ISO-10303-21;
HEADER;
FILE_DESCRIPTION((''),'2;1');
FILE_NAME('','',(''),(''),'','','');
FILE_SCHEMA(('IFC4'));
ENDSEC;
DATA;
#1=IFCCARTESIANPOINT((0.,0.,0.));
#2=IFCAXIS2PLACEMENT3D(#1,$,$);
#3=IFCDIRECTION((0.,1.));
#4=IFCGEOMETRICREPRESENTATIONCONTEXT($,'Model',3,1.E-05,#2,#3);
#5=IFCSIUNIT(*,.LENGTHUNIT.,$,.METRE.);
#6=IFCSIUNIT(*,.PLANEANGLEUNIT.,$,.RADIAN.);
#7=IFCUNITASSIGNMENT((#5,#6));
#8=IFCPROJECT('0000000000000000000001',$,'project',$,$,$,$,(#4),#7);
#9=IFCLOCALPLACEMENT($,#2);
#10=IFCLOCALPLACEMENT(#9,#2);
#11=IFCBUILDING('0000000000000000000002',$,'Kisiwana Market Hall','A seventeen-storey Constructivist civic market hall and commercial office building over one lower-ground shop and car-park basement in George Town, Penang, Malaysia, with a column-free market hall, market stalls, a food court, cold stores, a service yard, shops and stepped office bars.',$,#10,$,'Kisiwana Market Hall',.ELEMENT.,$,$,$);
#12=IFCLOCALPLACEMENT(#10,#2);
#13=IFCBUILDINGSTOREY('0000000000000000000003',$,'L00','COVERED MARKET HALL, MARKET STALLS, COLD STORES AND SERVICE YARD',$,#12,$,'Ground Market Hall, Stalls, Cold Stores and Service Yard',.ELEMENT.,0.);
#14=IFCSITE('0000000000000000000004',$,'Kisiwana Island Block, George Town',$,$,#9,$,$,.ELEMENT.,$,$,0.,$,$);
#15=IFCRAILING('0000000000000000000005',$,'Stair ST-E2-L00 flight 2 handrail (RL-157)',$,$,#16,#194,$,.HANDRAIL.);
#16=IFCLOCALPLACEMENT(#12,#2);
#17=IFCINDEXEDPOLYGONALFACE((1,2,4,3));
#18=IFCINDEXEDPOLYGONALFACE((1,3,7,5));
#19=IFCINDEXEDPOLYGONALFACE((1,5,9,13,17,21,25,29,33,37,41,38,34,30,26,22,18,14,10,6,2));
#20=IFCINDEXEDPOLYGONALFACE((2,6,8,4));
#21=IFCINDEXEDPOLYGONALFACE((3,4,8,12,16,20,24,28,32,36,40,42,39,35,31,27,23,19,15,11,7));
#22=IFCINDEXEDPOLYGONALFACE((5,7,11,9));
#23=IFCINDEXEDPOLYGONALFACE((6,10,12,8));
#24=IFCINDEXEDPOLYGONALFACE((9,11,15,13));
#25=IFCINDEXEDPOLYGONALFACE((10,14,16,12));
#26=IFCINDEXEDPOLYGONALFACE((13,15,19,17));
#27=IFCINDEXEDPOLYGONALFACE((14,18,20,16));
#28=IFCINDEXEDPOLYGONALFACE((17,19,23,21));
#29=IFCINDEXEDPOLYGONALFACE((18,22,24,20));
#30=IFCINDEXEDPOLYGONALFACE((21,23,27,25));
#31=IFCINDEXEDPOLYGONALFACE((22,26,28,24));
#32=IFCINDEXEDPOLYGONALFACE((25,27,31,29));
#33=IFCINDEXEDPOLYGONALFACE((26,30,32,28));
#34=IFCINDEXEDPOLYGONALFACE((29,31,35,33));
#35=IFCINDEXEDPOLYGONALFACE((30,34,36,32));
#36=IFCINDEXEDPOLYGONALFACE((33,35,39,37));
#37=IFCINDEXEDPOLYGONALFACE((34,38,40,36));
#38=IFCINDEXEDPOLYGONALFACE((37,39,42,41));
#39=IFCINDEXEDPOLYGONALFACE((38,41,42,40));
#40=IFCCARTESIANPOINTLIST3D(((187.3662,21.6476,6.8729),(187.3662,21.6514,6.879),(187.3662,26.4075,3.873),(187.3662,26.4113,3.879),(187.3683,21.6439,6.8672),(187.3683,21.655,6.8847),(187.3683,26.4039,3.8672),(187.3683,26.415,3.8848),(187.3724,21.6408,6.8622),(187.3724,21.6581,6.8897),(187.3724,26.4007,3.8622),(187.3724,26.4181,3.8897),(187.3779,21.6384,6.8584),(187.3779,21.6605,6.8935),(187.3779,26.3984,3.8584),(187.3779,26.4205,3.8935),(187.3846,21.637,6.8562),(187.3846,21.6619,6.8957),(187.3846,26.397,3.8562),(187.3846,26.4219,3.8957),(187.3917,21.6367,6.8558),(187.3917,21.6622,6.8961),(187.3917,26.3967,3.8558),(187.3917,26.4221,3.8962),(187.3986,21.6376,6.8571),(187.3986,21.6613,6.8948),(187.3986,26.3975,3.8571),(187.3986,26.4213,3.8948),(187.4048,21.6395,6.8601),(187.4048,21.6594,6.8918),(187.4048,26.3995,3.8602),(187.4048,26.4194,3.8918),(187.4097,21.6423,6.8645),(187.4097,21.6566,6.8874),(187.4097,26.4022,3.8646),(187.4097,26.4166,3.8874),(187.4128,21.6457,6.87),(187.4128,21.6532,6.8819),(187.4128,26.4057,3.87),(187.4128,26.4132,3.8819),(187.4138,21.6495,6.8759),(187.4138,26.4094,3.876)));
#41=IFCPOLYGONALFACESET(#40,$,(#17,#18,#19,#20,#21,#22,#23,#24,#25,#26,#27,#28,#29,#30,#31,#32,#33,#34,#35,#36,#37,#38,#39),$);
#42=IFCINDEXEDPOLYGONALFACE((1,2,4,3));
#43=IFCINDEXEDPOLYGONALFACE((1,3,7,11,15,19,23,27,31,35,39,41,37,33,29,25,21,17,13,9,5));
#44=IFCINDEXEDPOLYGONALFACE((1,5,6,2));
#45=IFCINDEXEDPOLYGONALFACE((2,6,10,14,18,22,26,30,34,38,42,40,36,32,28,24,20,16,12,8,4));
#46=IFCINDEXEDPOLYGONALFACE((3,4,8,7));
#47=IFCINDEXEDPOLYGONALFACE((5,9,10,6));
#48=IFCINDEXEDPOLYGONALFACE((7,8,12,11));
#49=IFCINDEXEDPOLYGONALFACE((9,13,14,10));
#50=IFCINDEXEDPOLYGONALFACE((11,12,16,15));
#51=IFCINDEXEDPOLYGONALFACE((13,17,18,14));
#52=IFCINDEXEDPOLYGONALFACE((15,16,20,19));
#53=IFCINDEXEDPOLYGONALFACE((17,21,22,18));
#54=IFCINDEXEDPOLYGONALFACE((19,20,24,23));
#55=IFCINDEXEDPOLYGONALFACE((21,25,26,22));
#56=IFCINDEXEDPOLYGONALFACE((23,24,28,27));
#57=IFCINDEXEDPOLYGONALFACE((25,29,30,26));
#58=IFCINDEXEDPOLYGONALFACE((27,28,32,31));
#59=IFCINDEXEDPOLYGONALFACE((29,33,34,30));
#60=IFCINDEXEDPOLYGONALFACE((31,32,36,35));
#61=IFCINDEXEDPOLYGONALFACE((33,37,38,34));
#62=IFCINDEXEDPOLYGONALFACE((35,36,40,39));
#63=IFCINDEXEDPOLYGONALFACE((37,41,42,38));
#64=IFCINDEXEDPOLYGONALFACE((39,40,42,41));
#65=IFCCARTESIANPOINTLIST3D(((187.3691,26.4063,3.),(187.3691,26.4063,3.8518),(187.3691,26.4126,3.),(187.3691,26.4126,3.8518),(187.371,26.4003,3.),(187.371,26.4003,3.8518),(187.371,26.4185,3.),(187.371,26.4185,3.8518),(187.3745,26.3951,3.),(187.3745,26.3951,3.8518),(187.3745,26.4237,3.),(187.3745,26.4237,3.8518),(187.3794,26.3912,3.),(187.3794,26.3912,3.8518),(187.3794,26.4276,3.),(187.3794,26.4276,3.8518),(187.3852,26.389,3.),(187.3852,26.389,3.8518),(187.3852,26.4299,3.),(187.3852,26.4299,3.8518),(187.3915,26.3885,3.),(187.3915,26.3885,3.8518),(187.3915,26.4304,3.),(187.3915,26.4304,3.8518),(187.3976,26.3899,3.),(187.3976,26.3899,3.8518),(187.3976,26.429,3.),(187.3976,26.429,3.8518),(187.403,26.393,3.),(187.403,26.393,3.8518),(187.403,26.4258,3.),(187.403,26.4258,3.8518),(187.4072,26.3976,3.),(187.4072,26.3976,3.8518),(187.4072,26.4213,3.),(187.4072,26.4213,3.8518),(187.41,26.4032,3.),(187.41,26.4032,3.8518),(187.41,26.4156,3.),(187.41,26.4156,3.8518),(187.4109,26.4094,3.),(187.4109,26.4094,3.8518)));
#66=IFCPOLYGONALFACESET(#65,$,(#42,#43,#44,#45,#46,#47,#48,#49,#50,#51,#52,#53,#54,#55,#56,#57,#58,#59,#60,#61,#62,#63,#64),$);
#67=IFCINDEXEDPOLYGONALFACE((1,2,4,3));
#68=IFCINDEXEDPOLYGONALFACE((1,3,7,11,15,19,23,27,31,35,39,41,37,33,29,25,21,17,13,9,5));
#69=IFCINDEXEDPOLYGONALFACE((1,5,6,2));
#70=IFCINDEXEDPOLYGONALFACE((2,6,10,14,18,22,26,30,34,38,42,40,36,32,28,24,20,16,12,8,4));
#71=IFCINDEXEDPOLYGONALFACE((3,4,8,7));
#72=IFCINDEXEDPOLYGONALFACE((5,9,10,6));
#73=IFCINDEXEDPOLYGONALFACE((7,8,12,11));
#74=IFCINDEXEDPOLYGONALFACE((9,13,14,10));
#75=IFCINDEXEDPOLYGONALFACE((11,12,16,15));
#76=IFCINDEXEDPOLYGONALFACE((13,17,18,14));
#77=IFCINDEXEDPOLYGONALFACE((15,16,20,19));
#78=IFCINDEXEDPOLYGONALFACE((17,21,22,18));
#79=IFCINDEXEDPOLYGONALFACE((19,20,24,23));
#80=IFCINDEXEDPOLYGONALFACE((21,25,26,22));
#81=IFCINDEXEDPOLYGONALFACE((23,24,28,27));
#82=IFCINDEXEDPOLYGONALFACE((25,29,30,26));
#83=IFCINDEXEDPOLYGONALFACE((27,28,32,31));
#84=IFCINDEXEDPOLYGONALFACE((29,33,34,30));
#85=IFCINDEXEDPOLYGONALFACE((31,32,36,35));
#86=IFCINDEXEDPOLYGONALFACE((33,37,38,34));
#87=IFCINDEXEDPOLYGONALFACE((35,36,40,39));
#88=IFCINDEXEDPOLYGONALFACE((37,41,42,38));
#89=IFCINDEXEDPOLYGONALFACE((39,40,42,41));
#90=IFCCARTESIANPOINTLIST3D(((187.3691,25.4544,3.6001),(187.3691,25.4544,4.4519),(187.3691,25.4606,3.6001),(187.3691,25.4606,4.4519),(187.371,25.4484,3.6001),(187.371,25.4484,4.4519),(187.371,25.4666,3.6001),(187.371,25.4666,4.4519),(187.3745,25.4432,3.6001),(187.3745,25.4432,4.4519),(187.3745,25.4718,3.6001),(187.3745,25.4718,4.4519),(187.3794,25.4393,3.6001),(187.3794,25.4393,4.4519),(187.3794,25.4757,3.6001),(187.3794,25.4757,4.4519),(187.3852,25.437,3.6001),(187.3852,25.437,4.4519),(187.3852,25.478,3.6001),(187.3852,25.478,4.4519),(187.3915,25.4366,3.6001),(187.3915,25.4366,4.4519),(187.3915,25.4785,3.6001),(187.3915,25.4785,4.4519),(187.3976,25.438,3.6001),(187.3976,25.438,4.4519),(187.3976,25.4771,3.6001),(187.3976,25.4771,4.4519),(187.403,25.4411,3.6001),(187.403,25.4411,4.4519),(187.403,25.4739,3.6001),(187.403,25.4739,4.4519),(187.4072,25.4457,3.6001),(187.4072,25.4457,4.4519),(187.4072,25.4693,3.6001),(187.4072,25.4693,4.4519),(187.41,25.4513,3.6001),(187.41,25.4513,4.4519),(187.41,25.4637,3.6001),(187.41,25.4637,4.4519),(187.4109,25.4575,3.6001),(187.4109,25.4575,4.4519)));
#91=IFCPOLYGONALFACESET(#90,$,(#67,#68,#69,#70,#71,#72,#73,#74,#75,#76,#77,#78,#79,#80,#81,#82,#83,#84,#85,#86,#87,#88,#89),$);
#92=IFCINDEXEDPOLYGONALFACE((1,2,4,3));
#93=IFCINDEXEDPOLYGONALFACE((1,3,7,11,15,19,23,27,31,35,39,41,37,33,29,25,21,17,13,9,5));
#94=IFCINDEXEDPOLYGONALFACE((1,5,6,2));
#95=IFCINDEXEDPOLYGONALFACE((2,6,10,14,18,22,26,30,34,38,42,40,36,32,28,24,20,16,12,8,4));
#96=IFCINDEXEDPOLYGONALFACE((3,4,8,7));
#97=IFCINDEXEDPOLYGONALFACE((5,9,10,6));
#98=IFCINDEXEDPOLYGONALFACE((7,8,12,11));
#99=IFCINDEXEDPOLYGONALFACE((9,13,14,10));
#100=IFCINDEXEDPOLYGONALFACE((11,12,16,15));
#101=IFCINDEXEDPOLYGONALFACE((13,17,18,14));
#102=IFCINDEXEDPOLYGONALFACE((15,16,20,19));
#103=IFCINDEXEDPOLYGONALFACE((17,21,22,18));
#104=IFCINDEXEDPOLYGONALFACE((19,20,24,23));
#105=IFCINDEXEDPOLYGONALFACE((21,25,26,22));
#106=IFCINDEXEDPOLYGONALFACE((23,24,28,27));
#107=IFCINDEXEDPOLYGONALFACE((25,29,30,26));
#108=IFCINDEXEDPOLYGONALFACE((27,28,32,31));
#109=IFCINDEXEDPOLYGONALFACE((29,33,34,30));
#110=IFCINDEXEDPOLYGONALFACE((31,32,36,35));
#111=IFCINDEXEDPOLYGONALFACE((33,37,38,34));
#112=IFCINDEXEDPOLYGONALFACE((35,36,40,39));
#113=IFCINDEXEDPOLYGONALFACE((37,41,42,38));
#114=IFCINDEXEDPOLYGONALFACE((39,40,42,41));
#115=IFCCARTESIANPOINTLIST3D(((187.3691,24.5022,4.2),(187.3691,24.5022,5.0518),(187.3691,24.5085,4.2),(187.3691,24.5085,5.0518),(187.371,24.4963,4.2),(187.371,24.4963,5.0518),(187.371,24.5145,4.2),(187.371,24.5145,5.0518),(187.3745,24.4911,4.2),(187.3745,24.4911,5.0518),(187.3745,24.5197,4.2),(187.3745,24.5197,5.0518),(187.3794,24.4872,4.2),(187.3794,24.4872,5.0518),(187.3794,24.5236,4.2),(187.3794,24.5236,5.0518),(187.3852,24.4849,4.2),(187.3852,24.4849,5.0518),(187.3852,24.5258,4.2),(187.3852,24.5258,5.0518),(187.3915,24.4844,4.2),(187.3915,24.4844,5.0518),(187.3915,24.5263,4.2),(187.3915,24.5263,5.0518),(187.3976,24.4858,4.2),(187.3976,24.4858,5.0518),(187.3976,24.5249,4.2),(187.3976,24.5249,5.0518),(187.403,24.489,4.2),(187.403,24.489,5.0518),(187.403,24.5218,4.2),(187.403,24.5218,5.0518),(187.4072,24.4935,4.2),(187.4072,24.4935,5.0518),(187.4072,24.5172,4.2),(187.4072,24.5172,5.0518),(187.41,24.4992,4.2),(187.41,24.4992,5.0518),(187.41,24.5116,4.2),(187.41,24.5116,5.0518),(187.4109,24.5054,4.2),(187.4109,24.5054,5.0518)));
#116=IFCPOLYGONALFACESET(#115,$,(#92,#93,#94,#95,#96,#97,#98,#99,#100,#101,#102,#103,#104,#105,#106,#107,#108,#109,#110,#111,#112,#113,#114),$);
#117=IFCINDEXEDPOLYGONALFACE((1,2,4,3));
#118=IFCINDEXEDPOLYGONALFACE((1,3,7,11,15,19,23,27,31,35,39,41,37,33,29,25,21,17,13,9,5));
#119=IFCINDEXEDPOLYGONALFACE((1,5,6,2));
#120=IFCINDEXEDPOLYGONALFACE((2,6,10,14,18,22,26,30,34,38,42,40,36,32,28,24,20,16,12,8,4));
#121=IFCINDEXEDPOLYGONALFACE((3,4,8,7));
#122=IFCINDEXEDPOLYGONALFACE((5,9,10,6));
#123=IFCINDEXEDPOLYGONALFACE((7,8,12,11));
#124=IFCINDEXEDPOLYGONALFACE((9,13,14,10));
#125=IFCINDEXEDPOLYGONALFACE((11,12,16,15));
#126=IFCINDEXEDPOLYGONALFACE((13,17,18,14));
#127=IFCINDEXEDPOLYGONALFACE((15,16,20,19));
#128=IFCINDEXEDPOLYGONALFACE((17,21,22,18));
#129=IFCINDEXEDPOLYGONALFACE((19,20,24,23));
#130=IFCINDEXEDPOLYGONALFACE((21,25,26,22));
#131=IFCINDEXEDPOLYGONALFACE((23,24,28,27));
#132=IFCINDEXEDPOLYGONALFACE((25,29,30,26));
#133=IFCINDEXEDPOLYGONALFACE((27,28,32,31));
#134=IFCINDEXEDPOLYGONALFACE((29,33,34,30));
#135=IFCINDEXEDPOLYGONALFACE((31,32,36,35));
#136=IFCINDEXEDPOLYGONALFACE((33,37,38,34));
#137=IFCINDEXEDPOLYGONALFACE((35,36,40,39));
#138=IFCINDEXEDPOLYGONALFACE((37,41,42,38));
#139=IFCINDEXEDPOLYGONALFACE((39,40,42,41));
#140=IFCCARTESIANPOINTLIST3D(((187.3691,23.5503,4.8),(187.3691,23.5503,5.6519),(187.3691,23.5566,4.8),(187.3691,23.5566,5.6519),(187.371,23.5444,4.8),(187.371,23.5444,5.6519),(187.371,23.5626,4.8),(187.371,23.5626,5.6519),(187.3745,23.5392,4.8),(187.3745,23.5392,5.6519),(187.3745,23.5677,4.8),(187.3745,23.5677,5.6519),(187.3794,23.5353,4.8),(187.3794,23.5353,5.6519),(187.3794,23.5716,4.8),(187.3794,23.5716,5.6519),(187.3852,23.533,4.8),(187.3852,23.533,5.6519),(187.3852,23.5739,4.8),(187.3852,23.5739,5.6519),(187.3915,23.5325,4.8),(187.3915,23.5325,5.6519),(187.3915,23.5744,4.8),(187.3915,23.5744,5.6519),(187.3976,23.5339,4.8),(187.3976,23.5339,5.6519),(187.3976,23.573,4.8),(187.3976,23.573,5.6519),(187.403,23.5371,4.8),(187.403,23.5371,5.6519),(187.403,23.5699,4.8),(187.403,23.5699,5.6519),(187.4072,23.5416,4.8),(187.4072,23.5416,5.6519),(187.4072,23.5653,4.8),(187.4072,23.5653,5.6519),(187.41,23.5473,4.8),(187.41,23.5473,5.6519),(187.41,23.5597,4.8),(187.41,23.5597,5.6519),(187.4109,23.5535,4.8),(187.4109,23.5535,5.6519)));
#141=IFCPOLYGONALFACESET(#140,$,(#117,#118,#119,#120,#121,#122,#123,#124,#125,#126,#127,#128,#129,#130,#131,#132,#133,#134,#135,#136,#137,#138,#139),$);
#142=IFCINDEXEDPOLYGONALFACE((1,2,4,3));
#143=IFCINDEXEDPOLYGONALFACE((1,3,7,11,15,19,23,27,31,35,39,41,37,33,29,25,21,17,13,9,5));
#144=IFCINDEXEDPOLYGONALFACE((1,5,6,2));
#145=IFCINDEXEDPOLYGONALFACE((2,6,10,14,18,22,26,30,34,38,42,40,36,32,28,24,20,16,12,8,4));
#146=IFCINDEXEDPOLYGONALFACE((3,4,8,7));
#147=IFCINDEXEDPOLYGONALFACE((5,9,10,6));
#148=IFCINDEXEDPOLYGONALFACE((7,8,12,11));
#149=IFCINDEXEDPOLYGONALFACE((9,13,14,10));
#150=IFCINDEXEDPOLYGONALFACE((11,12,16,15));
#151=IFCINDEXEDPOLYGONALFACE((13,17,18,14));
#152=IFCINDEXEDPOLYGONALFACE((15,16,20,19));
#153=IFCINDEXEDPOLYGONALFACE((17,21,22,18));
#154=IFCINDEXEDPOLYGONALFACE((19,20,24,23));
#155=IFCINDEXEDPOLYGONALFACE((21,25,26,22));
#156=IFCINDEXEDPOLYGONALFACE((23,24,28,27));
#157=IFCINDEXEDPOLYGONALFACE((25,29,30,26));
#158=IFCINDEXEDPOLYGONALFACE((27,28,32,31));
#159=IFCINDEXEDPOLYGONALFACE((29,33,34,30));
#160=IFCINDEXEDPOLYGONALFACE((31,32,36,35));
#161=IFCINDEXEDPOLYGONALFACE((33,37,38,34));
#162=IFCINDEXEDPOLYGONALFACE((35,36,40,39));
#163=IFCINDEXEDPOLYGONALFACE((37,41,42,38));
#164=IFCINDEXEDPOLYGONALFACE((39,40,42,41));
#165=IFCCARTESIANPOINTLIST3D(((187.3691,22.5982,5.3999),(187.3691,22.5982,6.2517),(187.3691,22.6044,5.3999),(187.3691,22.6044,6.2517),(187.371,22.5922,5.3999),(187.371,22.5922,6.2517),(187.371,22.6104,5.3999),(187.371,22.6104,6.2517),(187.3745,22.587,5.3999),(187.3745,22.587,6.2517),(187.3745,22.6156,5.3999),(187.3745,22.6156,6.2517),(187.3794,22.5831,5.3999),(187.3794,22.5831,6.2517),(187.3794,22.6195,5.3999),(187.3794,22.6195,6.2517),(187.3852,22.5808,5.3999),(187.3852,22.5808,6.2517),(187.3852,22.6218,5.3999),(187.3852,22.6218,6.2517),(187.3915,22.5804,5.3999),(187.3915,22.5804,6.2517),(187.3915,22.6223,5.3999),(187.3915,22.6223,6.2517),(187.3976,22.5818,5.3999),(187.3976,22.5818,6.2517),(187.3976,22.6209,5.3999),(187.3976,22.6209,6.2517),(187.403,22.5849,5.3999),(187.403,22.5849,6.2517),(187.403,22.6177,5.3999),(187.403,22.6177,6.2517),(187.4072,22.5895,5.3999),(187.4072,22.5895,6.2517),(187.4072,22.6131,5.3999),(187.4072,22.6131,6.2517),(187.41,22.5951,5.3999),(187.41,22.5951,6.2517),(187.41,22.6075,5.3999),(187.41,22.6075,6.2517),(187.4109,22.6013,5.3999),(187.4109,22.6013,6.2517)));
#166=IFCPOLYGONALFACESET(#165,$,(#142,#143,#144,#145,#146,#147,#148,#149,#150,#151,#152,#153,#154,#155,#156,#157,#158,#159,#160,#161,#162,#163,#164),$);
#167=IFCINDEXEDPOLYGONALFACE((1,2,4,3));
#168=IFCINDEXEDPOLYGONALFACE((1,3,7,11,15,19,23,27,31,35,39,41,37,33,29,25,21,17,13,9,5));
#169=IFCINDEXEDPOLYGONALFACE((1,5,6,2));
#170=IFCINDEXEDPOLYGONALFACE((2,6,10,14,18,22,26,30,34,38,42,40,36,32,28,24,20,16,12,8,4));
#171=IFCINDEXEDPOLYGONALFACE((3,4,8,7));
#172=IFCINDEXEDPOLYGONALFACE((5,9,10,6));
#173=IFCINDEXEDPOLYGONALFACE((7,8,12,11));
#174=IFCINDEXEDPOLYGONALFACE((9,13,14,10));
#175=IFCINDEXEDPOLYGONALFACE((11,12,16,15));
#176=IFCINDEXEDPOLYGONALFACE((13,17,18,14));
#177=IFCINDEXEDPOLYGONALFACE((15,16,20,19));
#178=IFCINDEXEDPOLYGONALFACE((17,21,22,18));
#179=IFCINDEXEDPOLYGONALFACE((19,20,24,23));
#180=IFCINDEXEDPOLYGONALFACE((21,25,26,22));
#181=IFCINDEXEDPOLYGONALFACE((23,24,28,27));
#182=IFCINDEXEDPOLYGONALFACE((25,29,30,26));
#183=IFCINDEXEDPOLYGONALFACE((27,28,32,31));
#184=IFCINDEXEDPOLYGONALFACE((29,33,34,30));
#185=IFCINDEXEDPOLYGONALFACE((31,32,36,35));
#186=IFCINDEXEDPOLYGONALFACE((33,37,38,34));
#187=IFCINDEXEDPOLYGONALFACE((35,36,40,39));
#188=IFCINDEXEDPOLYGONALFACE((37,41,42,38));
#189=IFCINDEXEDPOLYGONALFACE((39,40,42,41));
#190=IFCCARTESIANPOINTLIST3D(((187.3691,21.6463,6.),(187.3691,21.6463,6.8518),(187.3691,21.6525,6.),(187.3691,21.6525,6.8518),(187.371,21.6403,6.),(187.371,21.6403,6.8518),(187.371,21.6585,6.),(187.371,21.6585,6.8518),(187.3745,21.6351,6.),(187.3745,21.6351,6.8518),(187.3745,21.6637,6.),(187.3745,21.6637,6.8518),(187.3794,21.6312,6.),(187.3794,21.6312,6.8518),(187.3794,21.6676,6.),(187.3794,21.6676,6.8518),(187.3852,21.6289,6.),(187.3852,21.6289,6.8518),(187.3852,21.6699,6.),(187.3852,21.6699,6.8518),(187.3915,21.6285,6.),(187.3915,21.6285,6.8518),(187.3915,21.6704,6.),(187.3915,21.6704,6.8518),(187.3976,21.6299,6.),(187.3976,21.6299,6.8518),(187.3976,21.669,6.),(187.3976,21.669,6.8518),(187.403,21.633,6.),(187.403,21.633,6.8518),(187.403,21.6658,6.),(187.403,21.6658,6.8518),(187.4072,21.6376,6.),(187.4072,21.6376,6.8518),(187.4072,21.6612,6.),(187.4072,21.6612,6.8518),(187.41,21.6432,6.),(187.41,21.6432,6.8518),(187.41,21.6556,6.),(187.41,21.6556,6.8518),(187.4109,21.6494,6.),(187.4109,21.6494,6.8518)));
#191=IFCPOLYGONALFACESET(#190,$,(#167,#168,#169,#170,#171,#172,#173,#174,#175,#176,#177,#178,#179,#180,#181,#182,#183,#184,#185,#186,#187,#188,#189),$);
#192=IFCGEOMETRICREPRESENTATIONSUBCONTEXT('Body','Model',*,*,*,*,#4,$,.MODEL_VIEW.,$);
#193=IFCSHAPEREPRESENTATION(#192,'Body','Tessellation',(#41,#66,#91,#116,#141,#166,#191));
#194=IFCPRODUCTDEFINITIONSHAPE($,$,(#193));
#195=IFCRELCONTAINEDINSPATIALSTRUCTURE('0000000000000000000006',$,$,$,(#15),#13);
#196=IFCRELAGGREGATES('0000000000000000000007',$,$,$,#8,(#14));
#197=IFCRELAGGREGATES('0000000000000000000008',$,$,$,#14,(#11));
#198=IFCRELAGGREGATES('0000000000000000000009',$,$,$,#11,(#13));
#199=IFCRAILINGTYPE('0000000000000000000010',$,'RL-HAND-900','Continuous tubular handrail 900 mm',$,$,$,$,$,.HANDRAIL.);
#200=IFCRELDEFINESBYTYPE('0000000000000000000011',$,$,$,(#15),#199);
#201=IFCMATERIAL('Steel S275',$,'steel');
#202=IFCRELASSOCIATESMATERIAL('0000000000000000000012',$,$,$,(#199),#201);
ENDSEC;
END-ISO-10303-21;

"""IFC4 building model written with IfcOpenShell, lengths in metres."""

from ifc_helpers import new_model, si_unit, direction, frame, origin, origin_2d, place, context, subcontext, project, spatial, circle, extrude, material, type_object, element, save


model = new_model("IFC4")

# Units and contexts
model_context = context("Model", 3, precision=1e-05, world=origin(), true_north=direction((0.0, 1.0)))
body_context = subcontext(model_context, "Body", "Model", "MODEL_VIEW")
ifc_project = project(units=[si_unit("LENGTHUNIT", "METRE"), si_unit("PLANEANGLEUNIT", "RADIAN")], contexts=[model_context])

# Site, building, storey
site_placement = place(None, origin())
site = spatial("IfcSite", under=ifc_project, at=site_placement, Name="Kisiwana Island Block, George Town", CompositionType="ELEMENT", RefElevation=0.0)
building_placement = place(site_placement, origin())
building = spatial("IfcBuilding", under=site, at=building_placement, Name="Kisiwana Market Hall", Description="A seventeen-storey Constructivist civic market hall and commercial office building over one lower-ground shop and car-park basement in George Town, Penang, Malaysia, with a column-free market hall, market stalls, a food court, cold stores, a service yard, shops and stepped office bars.", LongName="Kisiwana Market Hall", CompositionType="ELEMENT")
storey_placement = place(building_placement, origin())
storey = spatial("IfcBuildingStorey", under=building, at=storey_placement, Name="L00", Description="COVERED MARKET HALL, MARKET STALLS, COLD STORES AND SERVICE YARD", LongName="Ground Market Hall, Stalls, Cold Stores and Service Yard", CompositionType="ELEMENT", Elevation=0.0)

# Railing
ifc_material_1 = material(Name="Steel S275", Category="steel")
railing_type_1 = type_object("IfcRailingType", Name="RL-HAND-900", Description="Continuous tubular handrail 900 mm", PredefinedType="HANDRAIL", material=ifc_material_1)
railing_1_placement = place(storey_placement, frame((187.3899, 26.4094, 3.0)))
element("IfcRailing", 1, at=railing_1_placement, inside=storey, type_object=railing_type_1, Name="Stair ST-E2-L00 flight 2 handrail (RL-157)", PredefinedType="HANDRAIL", context=body_context, shape_type="SweptSolid", body=[
    extrude(circle(Radius=0.0239, at=origin_2d()), frame((0.0, 0.0, 0.876), z_axis=(0.0, -0.845996, 0.53319), x_axis=(1.0, 0.0, 0.0)), (0.0, 0.0, 1.0), 5.6265),
    extrude(circle(Radius=0.021, at=origin_2d()), origin(), (0.0, 0.0, 1.0), 0.8518),
    extrude(circle(Radius=0.021, at=origin_2d()), frame((0.0, -0.9519, 0.6001)), (0.0, 0.0, 1.0), 0.8518),
    extrude(circle(Radius=0.021, at=origin_2d()), frame((0.0, -1.9041, 1.2)), (0.0, 0.0, 1.0), 0.8518),
    extrude(circle(Radius=0.021, at=origin_2d()), frame((0.0, -2.856, 1.8)), (0.0, 0.0, 1.0), 0.8518),
    extrude(circle(Radius=0.021, at=origin_2d()), frame((0.0, -3.8081, 2.3999)), (0.0, 0.0, 1.0), 0.8518),
    extrude(circle(Radius=0.021, at=origin_2d()), frame((0.0, -4.76, 3.0)), (0.0, 0.0, 1.0), 0.8518),
])

save(model, "model.ifc")
